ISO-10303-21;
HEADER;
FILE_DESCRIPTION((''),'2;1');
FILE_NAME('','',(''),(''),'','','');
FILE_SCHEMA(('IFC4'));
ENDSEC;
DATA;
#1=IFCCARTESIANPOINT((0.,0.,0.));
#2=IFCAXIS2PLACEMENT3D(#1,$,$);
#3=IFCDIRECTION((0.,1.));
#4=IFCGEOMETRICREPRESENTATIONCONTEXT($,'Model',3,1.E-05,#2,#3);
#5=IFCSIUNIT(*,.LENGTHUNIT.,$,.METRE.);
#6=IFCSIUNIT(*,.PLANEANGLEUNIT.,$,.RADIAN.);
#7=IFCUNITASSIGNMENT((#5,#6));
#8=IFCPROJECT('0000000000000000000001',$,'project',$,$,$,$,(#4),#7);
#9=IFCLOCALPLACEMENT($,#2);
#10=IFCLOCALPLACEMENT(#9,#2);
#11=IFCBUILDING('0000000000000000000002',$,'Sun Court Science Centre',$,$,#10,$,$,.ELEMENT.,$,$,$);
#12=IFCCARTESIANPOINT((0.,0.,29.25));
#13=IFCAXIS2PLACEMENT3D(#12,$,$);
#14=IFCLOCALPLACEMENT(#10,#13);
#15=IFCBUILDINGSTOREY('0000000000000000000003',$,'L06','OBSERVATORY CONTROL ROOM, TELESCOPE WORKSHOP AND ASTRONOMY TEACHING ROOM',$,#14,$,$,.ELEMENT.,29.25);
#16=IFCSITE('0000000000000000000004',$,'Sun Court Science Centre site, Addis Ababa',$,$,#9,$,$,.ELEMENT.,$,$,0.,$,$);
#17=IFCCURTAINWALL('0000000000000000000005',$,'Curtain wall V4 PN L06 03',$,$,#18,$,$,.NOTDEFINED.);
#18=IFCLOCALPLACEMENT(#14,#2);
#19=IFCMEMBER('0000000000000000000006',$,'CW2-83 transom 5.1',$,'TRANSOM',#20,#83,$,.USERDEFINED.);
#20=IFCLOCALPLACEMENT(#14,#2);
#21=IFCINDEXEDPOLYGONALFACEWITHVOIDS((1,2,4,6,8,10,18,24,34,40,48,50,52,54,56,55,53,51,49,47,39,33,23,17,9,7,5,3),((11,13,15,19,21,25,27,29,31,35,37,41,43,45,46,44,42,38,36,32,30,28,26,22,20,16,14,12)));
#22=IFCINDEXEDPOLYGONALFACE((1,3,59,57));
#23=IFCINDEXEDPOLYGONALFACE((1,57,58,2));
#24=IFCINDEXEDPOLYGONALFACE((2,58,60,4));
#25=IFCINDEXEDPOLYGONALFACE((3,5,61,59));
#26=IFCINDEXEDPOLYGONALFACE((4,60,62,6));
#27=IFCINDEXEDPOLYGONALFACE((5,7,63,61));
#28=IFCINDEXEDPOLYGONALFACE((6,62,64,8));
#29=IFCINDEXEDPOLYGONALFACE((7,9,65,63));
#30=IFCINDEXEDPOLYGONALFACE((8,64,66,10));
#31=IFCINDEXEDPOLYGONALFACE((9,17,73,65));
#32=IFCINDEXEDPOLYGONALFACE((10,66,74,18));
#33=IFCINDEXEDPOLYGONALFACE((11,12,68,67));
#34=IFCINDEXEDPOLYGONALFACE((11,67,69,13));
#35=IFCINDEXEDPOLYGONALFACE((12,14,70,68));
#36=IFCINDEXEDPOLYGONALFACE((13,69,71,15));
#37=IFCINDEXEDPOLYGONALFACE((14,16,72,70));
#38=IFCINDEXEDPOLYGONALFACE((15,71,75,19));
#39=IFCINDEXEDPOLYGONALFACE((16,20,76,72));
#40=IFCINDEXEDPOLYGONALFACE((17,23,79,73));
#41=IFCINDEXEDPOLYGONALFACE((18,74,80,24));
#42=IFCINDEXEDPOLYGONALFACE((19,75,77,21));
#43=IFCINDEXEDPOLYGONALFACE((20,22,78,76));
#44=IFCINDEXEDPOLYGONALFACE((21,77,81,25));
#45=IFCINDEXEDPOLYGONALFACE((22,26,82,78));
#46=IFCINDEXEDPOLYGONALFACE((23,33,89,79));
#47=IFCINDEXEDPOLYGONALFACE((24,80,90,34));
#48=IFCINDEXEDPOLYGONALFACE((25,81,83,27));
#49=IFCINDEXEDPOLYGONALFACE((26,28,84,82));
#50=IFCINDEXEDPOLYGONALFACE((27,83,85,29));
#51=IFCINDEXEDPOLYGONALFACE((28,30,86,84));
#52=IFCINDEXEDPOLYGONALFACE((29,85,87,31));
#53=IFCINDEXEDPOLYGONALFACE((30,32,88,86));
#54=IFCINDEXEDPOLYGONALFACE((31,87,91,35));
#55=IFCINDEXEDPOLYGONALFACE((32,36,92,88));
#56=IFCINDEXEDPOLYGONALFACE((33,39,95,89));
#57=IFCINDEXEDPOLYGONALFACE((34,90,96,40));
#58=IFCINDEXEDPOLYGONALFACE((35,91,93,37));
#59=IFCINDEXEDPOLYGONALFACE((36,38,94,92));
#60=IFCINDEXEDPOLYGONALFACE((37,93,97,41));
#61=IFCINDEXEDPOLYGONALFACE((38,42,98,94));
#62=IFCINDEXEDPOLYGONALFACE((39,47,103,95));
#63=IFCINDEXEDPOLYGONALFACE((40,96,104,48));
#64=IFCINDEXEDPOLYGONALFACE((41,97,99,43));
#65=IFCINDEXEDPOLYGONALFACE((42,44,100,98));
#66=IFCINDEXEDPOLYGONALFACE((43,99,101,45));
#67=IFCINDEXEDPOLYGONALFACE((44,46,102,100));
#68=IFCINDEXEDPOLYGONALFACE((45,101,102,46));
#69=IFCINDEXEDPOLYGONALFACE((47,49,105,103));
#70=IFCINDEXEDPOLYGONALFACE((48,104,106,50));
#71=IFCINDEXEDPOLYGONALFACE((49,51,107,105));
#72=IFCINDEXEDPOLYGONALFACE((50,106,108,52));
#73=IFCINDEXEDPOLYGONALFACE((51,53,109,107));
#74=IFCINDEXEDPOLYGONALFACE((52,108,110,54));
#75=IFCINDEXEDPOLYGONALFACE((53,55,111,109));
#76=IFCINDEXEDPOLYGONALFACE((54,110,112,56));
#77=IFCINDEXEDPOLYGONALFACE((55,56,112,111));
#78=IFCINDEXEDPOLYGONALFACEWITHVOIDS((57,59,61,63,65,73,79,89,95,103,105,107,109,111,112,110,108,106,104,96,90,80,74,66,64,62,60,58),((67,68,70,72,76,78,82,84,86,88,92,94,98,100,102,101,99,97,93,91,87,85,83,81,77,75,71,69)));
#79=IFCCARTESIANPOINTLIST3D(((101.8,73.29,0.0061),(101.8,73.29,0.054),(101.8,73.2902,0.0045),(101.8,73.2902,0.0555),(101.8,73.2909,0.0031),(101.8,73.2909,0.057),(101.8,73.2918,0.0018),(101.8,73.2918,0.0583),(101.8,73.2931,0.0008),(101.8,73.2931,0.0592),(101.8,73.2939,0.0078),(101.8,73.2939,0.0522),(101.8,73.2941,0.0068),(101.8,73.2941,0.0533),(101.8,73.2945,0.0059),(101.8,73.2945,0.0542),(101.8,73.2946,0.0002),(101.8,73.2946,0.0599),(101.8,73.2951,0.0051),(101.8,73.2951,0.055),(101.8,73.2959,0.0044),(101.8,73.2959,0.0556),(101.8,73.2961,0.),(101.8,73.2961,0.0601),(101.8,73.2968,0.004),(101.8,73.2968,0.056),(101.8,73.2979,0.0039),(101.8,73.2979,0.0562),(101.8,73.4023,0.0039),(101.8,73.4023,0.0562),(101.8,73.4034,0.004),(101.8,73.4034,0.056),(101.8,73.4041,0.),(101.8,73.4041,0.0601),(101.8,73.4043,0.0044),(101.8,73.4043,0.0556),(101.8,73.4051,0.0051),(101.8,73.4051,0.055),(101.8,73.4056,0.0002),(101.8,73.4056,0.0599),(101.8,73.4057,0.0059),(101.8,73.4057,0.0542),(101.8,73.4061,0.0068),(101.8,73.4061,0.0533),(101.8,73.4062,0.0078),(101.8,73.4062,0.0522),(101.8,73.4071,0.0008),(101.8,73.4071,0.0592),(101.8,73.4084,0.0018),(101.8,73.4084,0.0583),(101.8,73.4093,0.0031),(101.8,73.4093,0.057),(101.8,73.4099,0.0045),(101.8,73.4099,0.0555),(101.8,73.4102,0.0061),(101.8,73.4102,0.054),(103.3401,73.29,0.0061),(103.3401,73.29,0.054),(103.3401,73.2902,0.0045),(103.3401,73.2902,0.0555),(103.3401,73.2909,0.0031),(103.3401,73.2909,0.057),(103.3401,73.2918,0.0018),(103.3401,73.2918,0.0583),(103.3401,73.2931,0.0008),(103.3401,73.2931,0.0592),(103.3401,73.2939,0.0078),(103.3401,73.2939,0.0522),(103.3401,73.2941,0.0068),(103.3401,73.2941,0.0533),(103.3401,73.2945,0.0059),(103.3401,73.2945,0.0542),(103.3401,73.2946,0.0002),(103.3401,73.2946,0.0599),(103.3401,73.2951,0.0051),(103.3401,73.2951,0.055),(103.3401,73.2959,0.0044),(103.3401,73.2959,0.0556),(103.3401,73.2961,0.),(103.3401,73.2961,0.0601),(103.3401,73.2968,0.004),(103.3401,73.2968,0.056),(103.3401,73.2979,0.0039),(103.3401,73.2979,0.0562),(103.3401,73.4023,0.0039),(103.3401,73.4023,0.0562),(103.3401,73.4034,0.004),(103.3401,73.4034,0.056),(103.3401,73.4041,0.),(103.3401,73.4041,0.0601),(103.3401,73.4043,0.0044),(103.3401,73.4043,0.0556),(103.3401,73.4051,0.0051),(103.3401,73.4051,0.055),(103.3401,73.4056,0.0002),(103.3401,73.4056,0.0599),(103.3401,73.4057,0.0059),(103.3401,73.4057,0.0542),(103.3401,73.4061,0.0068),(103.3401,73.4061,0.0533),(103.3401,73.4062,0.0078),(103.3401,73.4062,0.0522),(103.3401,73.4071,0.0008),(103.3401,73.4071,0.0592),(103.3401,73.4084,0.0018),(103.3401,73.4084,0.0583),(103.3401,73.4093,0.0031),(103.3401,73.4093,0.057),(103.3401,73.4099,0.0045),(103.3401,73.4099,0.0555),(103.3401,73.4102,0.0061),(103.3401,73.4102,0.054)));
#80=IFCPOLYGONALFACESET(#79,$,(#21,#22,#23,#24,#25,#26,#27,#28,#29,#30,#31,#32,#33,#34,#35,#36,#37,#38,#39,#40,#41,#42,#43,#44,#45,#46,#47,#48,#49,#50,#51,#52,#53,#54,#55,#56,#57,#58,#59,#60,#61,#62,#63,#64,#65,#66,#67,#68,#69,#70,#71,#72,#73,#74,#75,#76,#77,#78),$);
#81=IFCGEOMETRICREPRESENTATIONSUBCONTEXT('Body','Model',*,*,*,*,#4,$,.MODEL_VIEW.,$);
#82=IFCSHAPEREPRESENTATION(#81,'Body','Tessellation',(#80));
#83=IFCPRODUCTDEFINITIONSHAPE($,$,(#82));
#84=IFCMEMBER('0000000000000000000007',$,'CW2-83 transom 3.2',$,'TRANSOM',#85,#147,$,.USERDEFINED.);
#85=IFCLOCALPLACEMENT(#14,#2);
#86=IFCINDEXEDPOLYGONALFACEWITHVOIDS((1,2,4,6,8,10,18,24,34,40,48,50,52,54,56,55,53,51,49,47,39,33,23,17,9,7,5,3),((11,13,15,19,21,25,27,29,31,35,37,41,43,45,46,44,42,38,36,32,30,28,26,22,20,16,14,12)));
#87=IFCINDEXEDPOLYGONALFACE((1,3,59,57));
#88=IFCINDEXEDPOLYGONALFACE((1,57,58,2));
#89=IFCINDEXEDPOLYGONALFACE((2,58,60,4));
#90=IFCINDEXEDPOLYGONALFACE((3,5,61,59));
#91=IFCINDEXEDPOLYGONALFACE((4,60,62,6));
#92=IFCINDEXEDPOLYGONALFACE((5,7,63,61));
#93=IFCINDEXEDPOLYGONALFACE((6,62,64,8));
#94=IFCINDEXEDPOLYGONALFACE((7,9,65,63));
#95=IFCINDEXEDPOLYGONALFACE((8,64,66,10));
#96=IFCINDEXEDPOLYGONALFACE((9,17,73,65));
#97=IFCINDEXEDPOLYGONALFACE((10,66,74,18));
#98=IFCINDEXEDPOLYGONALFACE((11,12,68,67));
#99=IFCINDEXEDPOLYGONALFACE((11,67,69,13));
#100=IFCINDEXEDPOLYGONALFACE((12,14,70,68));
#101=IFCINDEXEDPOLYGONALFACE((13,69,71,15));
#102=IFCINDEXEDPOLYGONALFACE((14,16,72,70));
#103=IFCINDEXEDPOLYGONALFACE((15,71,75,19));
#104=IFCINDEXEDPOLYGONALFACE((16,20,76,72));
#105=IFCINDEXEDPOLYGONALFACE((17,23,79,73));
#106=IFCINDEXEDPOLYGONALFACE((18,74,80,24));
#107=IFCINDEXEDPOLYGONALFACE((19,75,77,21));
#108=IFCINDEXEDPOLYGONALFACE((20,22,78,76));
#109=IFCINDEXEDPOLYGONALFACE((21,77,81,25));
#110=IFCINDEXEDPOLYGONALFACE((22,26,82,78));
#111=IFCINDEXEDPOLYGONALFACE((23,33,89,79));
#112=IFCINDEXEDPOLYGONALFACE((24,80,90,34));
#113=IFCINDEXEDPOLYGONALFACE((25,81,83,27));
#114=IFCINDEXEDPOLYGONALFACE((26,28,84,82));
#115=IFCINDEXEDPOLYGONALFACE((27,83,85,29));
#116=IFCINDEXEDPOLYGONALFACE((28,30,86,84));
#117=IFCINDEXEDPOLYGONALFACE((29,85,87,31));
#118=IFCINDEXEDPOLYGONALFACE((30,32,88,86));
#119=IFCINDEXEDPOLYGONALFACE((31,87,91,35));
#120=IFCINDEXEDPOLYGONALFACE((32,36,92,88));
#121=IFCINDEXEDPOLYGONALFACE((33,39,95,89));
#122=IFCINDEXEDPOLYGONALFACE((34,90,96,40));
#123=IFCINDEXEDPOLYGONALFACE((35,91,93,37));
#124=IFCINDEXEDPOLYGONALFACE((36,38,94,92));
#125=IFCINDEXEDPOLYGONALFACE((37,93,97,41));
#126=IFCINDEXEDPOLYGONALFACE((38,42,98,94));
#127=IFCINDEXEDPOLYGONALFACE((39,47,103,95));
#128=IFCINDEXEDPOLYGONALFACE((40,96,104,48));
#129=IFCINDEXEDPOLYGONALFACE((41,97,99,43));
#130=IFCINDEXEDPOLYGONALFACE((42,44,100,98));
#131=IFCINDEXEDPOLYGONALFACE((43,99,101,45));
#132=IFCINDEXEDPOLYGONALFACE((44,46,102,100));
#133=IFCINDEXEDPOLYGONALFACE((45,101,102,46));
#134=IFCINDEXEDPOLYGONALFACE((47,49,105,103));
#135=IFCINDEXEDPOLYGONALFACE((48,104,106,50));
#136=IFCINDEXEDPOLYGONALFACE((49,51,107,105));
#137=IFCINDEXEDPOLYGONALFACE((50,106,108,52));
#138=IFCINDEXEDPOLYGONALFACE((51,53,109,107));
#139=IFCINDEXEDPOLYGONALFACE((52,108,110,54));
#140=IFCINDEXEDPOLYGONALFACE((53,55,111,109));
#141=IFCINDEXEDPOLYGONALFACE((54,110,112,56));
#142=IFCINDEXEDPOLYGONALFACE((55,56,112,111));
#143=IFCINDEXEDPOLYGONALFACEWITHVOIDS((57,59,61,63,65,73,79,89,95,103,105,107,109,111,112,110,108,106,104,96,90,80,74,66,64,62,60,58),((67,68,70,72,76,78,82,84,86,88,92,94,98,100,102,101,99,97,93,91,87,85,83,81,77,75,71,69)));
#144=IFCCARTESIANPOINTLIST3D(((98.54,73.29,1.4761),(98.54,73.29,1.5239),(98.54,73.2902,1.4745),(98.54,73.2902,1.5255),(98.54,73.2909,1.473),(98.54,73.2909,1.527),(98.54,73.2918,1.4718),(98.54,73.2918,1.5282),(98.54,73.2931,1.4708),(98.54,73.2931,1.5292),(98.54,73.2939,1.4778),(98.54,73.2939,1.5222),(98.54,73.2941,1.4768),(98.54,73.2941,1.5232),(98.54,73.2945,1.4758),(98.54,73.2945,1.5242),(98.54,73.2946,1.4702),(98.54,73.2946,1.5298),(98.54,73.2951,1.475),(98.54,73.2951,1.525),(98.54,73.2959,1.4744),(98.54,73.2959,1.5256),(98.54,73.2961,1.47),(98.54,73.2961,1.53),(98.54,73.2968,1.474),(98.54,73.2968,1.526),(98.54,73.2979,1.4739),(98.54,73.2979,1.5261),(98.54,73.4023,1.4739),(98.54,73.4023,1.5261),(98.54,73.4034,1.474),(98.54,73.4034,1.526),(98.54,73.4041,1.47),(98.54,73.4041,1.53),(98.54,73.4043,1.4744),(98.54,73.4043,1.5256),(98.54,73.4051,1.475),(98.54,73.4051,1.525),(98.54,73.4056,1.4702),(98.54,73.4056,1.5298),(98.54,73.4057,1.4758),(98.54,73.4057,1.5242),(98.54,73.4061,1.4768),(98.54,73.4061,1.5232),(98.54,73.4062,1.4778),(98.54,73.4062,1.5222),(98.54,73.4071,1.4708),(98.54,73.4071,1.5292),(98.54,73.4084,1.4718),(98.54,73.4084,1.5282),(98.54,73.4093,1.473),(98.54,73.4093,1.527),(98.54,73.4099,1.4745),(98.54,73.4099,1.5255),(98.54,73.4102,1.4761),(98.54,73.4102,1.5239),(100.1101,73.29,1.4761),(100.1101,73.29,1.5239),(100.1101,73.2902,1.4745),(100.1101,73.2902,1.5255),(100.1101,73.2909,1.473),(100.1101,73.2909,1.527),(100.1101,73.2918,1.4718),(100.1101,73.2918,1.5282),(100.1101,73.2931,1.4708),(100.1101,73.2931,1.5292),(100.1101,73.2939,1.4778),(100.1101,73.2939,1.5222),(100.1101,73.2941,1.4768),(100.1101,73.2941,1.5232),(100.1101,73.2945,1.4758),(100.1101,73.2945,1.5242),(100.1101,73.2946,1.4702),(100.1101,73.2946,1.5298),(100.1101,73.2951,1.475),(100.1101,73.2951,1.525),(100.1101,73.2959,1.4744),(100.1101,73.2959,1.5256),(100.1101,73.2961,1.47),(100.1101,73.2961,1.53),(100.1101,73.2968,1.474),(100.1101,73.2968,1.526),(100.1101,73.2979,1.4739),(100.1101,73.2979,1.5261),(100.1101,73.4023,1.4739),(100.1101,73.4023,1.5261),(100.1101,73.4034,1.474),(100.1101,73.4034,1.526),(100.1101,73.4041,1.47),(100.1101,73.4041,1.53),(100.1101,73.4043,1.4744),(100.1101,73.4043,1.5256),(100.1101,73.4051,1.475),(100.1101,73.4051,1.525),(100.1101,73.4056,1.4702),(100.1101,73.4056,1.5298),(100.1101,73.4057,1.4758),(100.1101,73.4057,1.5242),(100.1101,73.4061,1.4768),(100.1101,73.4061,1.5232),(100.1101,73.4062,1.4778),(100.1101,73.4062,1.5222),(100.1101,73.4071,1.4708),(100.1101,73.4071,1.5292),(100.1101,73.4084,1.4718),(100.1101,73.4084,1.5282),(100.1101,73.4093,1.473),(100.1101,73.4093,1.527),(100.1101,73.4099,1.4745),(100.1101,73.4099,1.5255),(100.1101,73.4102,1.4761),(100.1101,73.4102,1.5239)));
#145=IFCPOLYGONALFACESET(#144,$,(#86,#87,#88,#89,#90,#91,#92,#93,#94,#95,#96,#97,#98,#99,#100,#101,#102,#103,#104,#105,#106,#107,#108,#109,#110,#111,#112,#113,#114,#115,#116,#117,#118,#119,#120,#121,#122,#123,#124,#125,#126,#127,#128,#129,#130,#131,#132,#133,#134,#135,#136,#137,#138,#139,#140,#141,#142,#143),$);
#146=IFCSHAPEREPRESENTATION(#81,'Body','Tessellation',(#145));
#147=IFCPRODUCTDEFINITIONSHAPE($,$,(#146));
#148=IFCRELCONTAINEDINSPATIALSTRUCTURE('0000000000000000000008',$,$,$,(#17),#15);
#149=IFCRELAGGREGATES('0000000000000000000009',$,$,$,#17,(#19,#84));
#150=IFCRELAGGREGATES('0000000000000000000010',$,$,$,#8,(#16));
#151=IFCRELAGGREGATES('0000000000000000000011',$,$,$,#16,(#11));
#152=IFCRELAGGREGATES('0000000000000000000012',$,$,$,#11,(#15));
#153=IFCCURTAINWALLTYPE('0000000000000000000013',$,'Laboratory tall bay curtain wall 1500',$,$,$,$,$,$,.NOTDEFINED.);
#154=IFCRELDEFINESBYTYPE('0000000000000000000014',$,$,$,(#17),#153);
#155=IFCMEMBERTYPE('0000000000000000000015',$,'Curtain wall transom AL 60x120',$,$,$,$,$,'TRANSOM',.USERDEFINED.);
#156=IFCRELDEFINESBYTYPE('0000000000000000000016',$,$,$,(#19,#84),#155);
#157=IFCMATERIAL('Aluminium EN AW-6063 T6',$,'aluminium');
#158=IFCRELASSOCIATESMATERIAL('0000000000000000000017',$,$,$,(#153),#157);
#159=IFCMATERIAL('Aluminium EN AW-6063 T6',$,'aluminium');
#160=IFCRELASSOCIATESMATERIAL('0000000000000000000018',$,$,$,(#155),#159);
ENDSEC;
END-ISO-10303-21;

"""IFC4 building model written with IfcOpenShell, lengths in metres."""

from ifc_helpers import new_model, si_unit, direction, frame, origin, origin_2d, place, context, subcontext, project, spatial, hollow_rectangle, extrude, material, material_profile, profile_set, type_object, element, aggregate, save


model = new_model("IFC4")

# Units and contexts
model_context = context("Model", 3, precision=1e-05, world=origin(), true_north=direction((0.0, 1.0)))
body_context = subcontext(model_context, "Body", "Model", "MODEL_VIEW")
ifc_project = project(units=[si_unit("LENGTHUNIT", "METRE"), si_unit("PLANEANGLEUNIT", "RADIAN")], contexts=[model_context])

# Site, building, storey
site_placement = place(None, origin())
site = spatial("IfcSite", under=ifc_project, at=site_placement, Name="Sun Court Science Centre site, Addis Ababa", CompositionType="ELEMENT", RefElevation=0.0)
building_placement = place(site_placement, origin())
building = spatial("IfcBuilding", under=site, at=building_placement, Name="Sun Court Science Centre", CompositionType="ELEMENT")
storey_placement = place(building_placement, frame((0.0, 0.0, 29.25)))
storey = spatial("IfcBuildingStorey", under=building, at=storey_placement, Name="L06", Description="OBSERVATORY CONTROL ROOM, TELESCOPE WORKSHOP AND ASTRONOMY TEACHING ROOM", CompositionType="ELEMENT", Elevation=29.25)

# Curtain wall, members
ifc_material_1 = material(Name="Aluminium EN AW-6063 T6", Category="aluminium")
curtain_wall_type = type_object("IfcCurtainWallType", Name="Laboratory tall bay curtain wall 1500", PredefinedType="NOTDEFINED", material=ifc_material_1)
curtain_wall_placement = place(storey_placement, origin())
curtain_wall = element("IfcCurtainWall", 1, at=curtain_wall_placement, inside=storey, type_object=curtain_wall_type, Name="Curtain wall V4 PN L06 03", PredefinedType="NOTDEFINED")
ifc_material_2 = material(Name="Aluminium EN AW-6063 T6", Category="aluminium")
ifc_material_profile_1 = material_profile(ifc_material_2, hollow_rectangle(XDim=0.0601, YDim=0.1201, WallThickness=0.0039, InnerFilletRadius=0.0039, OuterFilletRadius=0.0061, at=origin_2d()), Name="AL 60x120x4")
ifc_profile_set_1 = profile_set([ifc_material_profile_1], Name="Aluminium EN AW-6063 T6")
member_type_1 = type_object("IfcMemberType", Name="Curtain wall transom AL 60x120", ElementType="TRANSOM", PredefinedType="USERDEFINED", material=ifc_profile_set_1)
member_1_placement = place(storey_placement, frame((101.8, 73.3501, 0.03), z_axis=(1.0, 0.0, 0.0), x_axis=(0.0, 0.0, 1.0)))
member_1 = element("IfcMember", 2, at=member_1_placement, type_object=member_type_1, Name="CW2-83 transom 5.1", ObjectType="TRANSOM", PredefinedType="USERDEFINED", context=body_context, shape_type="SweptSolid", body=[
    extrude(hollow_rectangle(XDim=0.0601, YDim=0.1201, WallThickness=0.0039, InnerFilletRadius=0.0039, OuterFilletRadius=0.0061, at=origin_2d()), origin(), (0.0, 0.0, 1.0), 1.54),
])
member_2_placement = place(storey_placement, frame((98.54, 73.3501, 1.5), z_axis=(1.0, 0.0, 0.0), x_axis=(0.0, 0.0, 1.0)))
member_2 = element("IfcMember", 3, at=member_2_placement, type_object=member_type_1, Name="CW2-83 transom 3.2", ObjectType="TRANSOM", PredefinedType="USERDEFINED", context=body_context, shape_type="SweptSolid", body=[
    extrude(hollow_rectangle(XDim=0.0601, YDim=0.1201, WallThickness=0.0039, InnerFilletRadius=0.0039, OuterFilletRadius=0.0061, at=origin_2d()), origin(), (0.0, 0.0, 1.0), 1.5701),
])

aggregate(curtain_wall, [member_1, member_2])

save(model, "model.ifc")
